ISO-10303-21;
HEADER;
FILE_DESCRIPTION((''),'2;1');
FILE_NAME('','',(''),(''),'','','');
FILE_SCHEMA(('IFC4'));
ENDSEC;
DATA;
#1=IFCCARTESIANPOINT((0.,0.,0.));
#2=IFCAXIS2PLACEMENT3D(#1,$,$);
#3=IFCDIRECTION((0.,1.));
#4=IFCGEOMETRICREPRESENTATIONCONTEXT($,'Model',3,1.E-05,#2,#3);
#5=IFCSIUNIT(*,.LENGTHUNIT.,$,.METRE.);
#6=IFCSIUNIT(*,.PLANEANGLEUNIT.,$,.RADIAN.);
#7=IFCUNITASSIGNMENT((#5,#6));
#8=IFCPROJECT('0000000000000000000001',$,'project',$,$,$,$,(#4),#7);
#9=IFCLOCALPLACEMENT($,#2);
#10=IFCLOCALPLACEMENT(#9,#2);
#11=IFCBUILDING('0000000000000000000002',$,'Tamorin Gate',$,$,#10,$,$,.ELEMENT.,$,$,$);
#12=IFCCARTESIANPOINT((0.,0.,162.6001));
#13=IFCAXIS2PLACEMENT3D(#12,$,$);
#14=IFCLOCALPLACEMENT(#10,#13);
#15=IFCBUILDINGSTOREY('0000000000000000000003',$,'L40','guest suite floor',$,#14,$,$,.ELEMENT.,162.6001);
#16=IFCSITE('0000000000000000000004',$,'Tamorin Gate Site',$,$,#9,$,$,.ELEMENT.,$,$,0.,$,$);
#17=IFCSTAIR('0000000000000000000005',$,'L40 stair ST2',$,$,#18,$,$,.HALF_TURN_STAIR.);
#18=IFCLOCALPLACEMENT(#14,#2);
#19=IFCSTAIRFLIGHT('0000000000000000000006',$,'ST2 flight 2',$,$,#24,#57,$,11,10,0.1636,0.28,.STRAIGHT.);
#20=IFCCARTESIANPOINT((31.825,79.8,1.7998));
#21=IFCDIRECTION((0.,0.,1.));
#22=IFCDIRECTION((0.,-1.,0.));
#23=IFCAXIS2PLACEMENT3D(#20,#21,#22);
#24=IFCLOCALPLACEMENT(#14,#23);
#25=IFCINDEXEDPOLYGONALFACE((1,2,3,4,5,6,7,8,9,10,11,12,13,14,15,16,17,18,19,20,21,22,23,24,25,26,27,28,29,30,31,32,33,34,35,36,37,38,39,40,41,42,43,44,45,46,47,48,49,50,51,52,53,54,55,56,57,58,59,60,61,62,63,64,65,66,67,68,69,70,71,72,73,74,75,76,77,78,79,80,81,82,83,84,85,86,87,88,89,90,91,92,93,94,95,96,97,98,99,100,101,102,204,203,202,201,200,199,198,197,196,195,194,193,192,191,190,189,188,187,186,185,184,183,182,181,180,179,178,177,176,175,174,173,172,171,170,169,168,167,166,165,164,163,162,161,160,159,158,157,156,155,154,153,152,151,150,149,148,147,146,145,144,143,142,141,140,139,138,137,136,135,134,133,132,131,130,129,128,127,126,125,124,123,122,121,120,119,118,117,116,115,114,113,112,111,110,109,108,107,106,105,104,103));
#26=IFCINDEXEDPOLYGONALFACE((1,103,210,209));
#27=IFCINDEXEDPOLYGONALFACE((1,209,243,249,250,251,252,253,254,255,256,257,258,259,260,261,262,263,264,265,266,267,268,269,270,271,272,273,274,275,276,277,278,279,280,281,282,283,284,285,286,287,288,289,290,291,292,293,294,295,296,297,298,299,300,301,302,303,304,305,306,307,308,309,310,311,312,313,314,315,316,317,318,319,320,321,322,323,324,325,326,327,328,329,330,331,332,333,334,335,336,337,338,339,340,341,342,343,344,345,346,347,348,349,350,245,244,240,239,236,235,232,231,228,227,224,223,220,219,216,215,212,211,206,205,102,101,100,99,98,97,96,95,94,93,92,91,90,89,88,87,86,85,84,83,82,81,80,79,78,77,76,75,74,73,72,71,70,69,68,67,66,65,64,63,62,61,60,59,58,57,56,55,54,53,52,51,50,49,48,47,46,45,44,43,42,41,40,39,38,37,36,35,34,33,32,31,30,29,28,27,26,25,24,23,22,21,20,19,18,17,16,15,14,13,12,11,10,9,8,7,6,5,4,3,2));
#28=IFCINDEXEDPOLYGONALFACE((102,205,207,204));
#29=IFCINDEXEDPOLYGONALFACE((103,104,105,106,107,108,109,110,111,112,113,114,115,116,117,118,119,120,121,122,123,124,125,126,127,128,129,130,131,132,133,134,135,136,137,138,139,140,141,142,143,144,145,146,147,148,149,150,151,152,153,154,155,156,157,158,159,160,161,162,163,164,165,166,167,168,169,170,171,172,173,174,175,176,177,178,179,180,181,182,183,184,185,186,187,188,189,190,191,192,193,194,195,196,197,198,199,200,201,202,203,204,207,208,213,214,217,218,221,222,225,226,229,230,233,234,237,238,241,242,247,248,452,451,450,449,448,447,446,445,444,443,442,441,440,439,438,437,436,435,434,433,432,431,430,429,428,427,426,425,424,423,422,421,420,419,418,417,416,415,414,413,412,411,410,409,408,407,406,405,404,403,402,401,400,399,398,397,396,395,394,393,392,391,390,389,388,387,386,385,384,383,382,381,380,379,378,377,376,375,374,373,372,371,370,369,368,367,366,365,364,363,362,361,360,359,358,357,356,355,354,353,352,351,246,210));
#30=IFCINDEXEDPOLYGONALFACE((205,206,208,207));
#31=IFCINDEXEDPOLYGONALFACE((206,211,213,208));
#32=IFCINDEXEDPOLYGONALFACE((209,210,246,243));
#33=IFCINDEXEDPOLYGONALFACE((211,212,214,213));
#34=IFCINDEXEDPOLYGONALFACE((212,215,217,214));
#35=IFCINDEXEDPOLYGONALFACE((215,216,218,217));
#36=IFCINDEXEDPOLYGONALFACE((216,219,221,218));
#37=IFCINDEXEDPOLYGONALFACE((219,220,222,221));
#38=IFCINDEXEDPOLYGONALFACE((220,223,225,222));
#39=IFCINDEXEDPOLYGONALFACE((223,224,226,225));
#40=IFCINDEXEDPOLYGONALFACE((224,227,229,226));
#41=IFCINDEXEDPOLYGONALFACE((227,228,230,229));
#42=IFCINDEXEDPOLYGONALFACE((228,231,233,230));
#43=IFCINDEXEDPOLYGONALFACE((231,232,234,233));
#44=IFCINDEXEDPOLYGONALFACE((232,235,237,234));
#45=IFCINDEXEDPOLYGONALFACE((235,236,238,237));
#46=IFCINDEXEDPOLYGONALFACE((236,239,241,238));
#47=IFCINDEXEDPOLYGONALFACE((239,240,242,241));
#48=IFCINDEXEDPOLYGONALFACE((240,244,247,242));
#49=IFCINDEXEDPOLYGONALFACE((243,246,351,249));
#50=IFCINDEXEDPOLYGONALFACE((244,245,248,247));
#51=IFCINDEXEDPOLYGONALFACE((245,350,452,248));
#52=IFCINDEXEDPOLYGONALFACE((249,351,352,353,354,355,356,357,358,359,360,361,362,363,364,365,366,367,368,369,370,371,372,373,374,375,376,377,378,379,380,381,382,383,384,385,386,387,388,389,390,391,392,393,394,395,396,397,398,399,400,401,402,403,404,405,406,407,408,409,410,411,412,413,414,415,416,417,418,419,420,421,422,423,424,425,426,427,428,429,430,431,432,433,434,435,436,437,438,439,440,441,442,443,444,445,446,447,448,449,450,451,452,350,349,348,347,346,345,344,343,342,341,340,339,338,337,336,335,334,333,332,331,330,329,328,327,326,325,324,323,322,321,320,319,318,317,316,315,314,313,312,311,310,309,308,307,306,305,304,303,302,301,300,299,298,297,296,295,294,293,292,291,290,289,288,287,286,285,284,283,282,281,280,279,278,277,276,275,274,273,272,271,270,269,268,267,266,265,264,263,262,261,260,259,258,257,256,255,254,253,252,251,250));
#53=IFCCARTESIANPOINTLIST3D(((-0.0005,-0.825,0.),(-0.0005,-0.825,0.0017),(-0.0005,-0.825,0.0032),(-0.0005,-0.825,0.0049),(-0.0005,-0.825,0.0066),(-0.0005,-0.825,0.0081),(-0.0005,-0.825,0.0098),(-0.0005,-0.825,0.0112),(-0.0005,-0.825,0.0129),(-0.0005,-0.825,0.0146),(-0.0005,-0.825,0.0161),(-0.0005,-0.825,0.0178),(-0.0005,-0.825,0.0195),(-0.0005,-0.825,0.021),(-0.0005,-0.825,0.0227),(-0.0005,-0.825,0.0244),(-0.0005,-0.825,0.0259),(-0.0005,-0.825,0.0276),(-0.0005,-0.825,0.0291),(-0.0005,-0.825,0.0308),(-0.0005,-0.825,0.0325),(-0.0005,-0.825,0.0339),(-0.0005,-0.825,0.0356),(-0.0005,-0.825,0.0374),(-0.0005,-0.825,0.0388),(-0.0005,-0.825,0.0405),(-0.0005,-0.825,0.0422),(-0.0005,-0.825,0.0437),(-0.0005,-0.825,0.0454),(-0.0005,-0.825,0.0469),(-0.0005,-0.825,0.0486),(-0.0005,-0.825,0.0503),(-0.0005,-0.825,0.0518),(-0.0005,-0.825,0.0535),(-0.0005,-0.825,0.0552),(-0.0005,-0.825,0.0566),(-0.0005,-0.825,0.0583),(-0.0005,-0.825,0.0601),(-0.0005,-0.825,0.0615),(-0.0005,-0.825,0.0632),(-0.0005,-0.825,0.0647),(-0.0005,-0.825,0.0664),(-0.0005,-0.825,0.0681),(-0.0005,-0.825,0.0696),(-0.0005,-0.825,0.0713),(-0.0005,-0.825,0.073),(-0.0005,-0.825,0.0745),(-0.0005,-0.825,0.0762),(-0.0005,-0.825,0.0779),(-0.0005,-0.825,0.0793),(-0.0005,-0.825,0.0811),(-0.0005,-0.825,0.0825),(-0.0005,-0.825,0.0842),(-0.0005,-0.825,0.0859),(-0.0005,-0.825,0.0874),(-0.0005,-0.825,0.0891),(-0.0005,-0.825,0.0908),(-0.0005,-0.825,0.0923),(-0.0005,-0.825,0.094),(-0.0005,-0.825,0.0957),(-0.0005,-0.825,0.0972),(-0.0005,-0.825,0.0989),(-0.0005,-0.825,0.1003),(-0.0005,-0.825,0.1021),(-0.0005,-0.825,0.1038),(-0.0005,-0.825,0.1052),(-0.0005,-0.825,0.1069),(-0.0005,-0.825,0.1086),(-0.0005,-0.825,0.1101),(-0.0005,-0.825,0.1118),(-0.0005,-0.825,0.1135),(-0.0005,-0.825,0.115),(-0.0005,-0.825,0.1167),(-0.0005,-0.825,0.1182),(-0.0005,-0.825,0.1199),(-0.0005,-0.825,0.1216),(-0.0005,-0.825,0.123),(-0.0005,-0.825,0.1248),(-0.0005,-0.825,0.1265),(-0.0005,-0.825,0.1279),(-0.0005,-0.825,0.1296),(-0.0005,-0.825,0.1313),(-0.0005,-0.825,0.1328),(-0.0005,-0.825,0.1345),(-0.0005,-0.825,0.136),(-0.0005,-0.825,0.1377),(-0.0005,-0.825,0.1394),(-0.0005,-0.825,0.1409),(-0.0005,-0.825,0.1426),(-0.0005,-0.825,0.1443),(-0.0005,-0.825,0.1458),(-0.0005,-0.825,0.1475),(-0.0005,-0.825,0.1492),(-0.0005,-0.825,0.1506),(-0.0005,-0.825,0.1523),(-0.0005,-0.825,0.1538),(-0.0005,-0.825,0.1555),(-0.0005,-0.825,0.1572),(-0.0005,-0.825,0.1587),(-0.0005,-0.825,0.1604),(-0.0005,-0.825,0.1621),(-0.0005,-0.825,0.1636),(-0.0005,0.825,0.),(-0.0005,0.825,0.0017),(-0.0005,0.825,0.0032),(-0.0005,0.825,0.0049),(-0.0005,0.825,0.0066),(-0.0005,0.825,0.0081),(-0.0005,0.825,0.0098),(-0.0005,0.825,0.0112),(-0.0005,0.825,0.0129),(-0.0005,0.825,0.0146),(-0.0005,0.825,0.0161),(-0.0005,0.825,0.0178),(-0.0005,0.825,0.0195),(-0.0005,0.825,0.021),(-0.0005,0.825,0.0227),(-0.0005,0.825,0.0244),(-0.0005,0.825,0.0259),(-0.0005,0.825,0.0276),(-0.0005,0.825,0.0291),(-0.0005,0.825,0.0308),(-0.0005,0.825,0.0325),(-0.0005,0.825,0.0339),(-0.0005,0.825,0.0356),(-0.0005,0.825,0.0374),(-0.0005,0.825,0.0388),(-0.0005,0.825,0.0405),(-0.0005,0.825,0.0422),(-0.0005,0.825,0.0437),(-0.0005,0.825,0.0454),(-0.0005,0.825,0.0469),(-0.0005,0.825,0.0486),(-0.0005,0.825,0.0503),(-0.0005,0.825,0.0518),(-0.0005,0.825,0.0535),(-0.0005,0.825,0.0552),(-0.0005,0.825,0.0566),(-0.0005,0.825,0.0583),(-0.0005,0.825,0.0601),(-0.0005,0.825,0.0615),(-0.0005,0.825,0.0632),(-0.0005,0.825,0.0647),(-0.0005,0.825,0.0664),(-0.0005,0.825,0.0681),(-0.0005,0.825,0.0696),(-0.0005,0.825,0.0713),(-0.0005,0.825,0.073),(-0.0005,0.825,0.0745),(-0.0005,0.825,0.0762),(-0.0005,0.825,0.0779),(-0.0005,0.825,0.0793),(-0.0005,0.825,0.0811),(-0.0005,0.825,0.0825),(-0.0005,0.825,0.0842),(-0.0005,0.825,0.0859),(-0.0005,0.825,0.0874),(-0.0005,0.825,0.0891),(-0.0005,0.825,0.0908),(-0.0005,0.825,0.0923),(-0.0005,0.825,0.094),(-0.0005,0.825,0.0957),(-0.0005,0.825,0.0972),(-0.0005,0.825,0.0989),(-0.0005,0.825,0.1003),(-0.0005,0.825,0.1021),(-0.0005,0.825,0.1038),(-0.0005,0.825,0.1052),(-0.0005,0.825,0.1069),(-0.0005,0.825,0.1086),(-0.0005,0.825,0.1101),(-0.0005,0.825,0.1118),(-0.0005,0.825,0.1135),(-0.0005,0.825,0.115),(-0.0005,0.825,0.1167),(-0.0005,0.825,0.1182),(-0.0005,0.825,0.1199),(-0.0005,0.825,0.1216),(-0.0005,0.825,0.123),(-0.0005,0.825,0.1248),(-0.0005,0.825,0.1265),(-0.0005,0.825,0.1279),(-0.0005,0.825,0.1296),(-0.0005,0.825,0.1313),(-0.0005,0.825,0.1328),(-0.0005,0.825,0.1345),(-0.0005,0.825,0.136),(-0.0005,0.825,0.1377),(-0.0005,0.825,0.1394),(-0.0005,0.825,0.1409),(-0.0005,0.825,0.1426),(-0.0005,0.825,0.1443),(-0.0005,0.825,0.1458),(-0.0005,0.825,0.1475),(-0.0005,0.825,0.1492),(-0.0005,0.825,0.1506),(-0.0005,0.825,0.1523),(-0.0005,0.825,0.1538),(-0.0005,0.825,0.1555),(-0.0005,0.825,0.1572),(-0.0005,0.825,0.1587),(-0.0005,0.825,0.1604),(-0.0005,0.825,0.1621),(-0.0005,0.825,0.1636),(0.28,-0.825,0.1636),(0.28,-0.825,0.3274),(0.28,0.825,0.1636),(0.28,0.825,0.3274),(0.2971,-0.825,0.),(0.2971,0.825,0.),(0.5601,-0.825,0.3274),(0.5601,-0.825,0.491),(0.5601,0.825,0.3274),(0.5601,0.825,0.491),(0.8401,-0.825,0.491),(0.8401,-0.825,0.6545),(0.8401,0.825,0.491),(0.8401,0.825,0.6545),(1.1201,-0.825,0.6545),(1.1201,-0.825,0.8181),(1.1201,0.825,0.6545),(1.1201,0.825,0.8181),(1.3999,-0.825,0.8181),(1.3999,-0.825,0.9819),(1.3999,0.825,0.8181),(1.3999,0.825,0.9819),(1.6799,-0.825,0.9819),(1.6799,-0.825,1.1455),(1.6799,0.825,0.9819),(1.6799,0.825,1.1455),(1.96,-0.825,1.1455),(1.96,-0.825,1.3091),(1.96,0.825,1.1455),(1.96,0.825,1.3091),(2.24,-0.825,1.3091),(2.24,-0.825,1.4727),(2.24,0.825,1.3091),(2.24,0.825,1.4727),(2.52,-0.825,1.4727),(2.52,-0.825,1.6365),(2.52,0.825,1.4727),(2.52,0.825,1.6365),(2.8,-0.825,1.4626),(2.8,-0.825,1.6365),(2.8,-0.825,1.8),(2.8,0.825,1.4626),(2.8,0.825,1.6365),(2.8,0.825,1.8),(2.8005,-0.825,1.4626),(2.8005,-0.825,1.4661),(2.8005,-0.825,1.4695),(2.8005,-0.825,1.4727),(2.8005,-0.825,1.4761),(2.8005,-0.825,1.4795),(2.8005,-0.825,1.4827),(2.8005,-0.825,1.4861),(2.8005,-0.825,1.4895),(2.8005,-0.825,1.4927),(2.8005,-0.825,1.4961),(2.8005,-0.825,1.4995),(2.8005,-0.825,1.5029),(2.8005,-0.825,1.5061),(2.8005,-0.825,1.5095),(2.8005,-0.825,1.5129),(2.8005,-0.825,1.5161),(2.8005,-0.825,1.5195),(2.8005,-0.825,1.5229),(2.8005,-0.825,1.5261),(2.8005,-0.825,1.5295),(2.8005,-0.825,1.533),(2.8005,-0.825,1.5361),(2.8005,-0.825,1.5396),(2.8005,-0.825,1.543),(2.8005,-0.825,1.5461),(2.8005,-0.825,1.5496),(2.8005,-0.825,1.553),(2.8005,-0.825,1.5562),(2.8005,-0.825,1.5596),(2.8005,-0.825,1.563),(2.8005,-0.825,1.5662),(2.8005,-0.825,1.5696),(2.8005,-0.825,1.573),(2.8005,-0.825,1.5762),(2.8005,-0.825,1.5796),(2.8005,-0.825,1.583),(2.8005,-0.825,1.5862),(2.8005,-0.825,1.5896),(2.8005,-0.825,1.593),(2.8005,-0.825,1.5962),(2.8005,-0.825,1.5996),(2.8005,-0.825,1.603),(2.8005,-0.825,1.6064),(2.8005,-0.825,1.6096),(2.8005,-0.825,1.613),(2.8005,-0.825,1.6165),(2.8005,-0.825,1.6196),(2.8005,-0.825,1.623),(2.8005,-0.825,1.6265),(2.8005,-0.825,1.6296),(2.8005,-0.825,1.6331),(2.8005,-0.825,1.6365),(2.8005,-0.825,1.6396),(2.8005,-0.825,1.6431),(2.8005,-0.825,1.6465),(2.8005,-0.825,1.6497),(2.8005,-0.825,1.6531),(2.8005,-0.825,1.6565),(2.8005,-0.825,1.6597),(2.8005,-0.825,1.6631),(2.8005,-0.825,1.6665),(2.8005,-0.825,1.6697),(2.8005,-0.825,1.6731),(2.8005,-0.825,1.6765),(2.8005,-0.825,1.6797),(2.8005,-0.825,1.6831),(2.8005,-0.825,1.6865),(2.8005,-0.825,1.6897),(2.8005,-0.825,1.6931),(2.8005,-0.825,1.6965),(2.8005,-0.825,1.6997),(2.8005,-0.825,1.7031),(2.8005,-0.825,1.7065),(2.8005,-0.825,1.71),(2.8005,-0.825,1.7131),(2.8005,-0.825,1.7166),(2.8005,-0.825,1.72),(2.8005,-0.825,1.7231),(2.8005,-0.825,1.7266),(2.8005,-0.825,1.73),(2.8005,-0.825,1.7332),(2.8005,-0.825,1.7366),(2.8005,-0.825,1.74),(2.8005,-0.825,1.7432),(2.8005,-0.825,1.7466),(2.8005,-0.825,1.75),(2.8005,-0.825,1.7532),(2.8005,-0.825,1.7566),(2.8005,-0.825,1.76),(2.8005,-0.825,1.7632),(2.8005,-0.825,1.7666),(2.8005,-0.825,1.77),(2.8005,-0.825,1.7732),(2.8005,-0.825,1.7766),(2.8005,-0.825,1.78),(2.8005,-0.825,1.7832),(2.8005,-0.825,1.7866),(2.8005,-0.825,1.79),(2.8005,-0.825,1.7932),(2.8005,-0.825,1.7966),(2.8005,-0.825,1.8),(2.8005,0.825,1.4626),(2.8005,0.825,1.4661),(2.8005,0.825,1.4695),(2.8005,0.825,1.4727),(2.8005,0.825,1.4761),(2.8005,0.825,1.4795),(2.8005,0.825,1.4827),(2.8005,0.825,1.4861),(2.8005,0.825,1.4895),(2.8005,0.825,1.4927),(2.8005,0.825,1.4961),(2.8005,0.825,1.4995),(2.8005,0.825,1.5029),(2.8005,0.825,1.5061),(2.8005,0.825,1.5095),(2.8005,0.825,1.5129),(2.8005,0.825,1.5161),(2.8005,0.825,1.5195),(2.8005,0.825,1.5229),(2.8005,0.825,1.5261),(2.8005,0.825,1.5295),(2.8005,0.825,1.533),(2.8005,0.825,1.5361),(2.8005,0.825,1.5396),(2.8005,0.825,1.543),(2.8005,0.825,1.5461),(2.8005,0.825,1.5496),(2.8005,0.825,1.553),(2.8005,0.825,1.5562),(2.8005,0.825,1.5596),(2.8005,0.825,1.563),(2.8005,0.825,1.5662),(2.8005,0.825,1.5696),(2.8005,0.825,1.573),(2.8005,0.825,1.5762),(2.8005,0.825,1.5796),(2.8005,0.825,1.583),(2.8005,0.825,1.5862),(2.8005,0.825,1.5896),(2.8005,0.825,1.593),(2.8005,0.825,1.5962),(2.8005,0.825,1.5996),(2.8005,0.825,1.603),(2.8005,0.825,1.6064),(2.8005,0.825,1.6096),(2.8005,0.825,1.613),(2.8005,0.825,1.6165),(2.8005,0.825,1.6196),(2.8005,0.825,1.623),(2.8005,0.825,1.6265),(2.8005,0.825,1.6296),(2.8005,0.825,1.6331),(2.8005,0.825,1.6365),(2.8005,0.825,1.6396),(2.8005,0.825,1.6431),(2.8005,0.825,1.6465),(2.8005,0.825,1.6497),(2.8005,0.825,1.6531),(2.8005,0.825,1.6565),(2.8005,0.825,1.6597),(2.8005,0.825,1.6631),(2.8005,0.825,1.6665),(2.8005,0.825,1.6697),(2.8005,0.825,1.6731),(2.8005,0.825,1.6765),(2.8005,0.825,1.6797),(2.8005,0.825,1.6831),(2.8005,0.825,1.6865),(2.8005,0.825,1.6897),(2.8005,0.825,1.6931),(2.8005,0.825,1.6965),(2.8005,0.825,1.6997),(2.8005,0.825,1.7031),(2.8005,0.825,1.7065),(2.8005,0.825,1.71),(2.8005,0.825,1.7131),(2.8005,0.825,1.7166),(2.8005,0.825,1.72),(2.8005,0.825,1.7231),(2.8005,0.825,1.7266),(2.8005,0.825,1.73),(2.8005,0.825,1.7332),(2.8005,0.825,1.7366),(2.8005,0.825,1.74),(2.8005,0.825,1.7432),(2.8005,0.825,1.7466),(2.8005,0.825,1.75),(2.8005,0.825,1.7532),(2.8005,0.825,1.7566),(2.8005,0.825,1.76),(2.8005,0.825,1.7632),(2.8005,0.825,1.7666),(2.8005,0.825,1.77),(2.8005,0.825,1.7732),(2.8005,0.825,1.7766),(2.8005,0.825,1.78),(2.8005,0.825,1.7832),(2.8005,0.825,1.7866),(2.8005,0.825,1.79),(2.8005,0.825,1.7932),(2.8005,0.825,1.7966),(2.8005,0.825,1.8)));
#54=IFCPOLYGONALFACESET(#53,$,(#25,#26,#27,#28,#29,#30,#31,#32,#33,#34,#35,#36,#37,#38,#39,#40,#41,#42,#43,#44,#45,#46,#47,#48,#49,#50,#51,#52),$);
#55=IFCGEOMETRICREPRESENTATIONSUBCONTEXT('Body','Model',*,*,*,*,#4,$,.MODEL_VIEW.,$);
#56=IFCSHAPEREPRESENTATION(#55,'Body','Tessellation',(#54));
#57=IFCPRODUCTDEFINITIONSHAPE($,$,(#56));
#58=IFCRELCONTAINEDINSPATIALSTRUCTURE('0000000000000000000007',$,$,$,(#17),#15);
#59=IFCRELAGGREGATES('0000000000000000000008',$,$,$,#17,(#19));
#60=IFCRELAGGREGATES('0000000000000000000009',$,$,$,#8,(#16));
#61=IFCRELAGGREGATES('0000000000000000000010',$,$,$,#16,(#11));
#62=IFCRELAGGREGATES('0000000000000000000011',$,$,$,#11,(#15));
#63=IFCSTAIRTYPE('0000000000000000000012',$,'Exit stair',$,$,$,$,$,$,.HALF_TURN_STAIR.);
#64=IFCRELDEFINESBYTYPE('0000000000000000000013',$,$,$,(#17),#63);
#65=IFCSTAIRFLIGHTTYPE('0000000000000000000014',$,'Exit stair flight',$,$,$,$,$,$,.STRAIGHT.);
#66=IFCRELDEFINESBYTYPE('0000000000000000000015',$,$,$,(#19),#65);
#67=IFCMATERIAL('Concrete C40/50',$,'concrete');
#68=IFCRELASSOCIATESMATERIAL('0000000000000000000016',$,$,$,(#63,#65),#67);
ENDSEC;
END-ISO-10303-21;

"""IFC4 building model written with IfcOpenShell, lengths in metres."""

from ifc_helpers import new_model, si_unit, direction, frame, origin, place, context, subcontext, project, spatial, polyline, outline, extrude, material, type_object, element, aggregate, save


model = new_model("IFC4")

# Units and contexts
model_context = context("Model", 3, precision=1e-05, world=origin(), true_north=direction((0.0, 1.0)))
body_context = subcontext(model_context, "Body", "Model", "MODEL_VIEW")
ifc_project = project(units=[si_unit("LENGTHUNIT", "METRE"), si_unit("PLANEANGLEUNIT", "RADIAN")], contexts=[model_context])

# Site, building, storey
site_placement = place(None, origin())
site = spatial("IfcSite", under=ifc_project, at=site_placement, Name="Tamorin Gate Site", CompositionType="ELEMENT", RefElevation=0.0)
building_placement = place(site_placement, origin())
building = spatial("IfcBuilding", under=site, at=building_placement, Name="Tamorin Gate", CompositionType="ELEMENT")
storey_placement = place(building_placement, frame((0.0, 0.0, 162.6001)))
storey = spatial("IfcBuildingStorey", under=building, at=storey_placement, Name="L40", Description="guest suite floor", CompositionType="ELEMENT", Elevation=162.6001)

# Shared definitions
ifc_material_1 = material(Name="Concrete C40/50", Category="concrete")

# Stair, stair flight
stair_type = type_object("IfcStairType", Name="Exit stair", PredefinedType="HALF_TURN_STAIR", material=ifc_material_1)
stair_flight_type = type_object("IfcStairFlightType", Name="Exit stair flight", PredefinedType="STRAIGHT", material=ifc_material_1)
stair_1_placement = place(storey_placement, origin())
stair_1 = element("IfcStair", 1, at=stair_1_placement, inside=storey, type_object=stair_type, Name="L40 stair ST2", PredefinedType="HALF_TURN_STAIR")
stair_flight_1_placement = place(storey_placement, frame((31.825, 79.8, 1.7998), z_axis=(0.0, 0.0, 1.0), x_axis=(0.0, -1.0, 0.0)))
stair_flight_1 = element("IfcStairFlight", 2, at=stair_flight_1_placement, type_object=stair_flight_type, Name="ST2 flight 2", NumberOfRisers=11, NumberOfTreads=10, PredefinedType="STRAIGHT", RiserHeight=0.1636, TreadLength=0.28, context=body_context, shape_type="SweptSolid", body=[
    extrude(outline(polyline([(-0.0005, 0.0), (-0.0005, 0.0017), (-0.0005, 0.0032), (-0.0005, 0.0049), (-0.0005, 0.0066), (-0.0005, 0.0081), (-0.0005, 0.0098), (-0.0005, 0.0112), (-0.0005, 0.0129), (-0.0005, 0.0146), (-0.0005, 0.0161), (-0.0005, 0.0178), (-0.0005, 0.0195), (-0.0005, 0.021), (-0.0005, 0.0227), (-0.0005, 0.0244), (-0.0005, 0.0259), (-0.0005, 0.0276), (-0.0005, 0.0291), (-0.0005, 0.0308), (-0.0005, 0.0325), (-0.0005, 0.0339), (-0.0005, 0.0356), (-0.0005, 0.0374), (-0.0005, 0.0388), (-0.0005, 0.0405), (-0.0005, 0.0422), (-0.0005, 0.0437), (-0.0005, 0.0454), (-0.0005, 0.0469), (-0.0005, 0.0486), (-0.0005, 0.0503), (-0.0005, 0.0518), (-0.0005, 0.0535), (-0.0005, 0.0552), (-0.0005, 0.0566), (-0.0005, 0.0583), (-0.0005, 0.0601), (-0.0005, 0.0615), (-0.0005, 0.0632), (-0.0005, 0.0647), (-0.0005, 0.0664), (-0.0005, 0.0681), (-0.0005, 0.0696), (-0.0005, 0.0713), (-0.0005, 0.073), (-0.0005, 0.0745), (-0.0005, 0.0762), (-0.0005, 0.0779), (-0.0005, 0.0793), (-0.0005, 0.0811), (-0.0005, 0.0825), (-0.0005, 0.0842), (-0.0005, 0.0859), (-0.0005, 0.0874), (-0.0005, 0.0891), (-0.0005, 0.0908), (-0.0005, 0.0923), (-0.0005, 0.094), (-0.0005, 0.0957), (-0.0005, 0.0972), (-0.0005, 0.0989), (-0.0005, 0.1003), (-0.0005, 0.1021), (-0.0005, 0.1038), (-0.0005, 0.1052), (-0.0005, 0.1069), (-0.0005, 0.1086), (-0.0005, 0.1101), (-0.0005, 0.1118), (-0.0005, 0.1135), (-0.0005, 0.115), (-0.0005, 0.1167), (-0.0005, 0.1182), (-0.0005, 0.1199), (-0.0005, 0.1216), (-0.0005, 0.123), (-0.0005, 0.1248), (-0.0005, 0.1265), (-0.0005, 0.1279), (-0.0005, 0.1296), (-0.0005, 0.1313), (-0.0005, 0.1328), (-0.0005, 0.1345), (-0.0005, 0.136), (-0.0005, 0.1377), (-0.0005, 0.1394), (-0.0005, 0.1409), (-0.0005, 0.1426), (-0.0005, 0.1443), (-0.0005, 0.1458), (-0.0005, 0.1475), (-0.0005, 0.1492), (-0.0005, 0.1506), (-0.0005, 0.1523), (-0.0005, 0.1538), (-0.0005, 0.1555), (-0.0005, 0.1572), (-0.0005, 0.1587), (-0.0005, 0.1604), (-0.0005, 0.1621), (-0.0005, 0.1636), (0.28, 0.1636), (0.28, 0.3274), (0.5601, 0.3274), (0.5601, 0.491), (0.8401, 0.491), (0.8401, 0.6545), (1.1201, 0.6545), (1.1201, 0.8181), (1.3999, 0.8181), (1.3999, 0.9819), (1.6799, 0.9819), (1.6799, 1.1455), (1.96, 1.1455), (1.96, 1.3091), (2.24, 1.3091), (2.24, 1.4727), (2.52, 1.4727), (2.52, 1.6365), (2.8, 1.6365), (2.8, 1.8), (2.8005, 1.8), (2.8005, 1.7966), (2.8005, 1.7932), (2.8005, 1.79), (2.8005, 1.7866), (2.8005, 1.7832), (2.8005, 1.78), (2.8005, 1.7766), (2.8005, 1.7732), (2.8005, 1.77), (2.8005, 1.7666), (2.8005, 1.7632), (2.8005, 1.76), (2.8005, 1.7566), (2.8005, 1.7532), (2.8005, 1.75), (2.8005, 1.7466), (2.8005, 1.7432), (2.8005, 1.74), (2.8005, 1.7366), (2.8005, 1.7332), (2.8005, 1.73), (2.8005, 1.7266), (2.8005, 1.7231), (2.8005, 1.72), (2.8005, 1.7166), (2.8005, 1.7131), (2.8005, 1.71), (2.8005, 1.7065), (2.8005, 1.7031), (2.8005, 1.6997), (2.8005, 1.6965), (2.8005, 1.6931), (2.8005, 1.6897), (2.8005, 1.6865), (2.8005, 1.6831), (2.8005, 1.6797), (2.8005, 1.6765), (2.8005, 1.6731), (2.8005, 1.6697), (2.8005, 1.6665), (2.8005, 1.6631), (2.8005, 1.6597), (2.8005, 1.6565), (2.8005, 1.6531), (2.8005, 1.6497), (2.8005, 1.6465), (2.8005, 1.6431), (2.8005, 1.6396), (2.8005, 1.6365), (2.8005, 1.6331), (2.8005, 1.6296), (2.8005, 1.6265), (2.8005, 1.623), (2.8005, 1.6196), (2.8005, 1.6165), (2.8005, 1.613), (2.8005, 1.6096), (2.8005, 1.6064), (2.8005, 1.603), (2.8005, 1.5996), (2.8005, 1.5962), (2.8005, 1.593), (2.8005, 1.5896), (2.8005, 1.5862), (2.8005, 1.583), (2.8005, 1.5796), (2.8005, 1.5762), (2.8005, 1.573), (2.8005, 1.5696), (2.8005, 1.5662), (2.8005, 1.563), (2.8005, 1.5596), (2.8005, 1.5562), (2.8005, 1.553), (2.8005, 1.5496), (2.8005, 1.5461), (2.8005, 1.543), (2.8005, 1.5396), (2.8005, 1.5361), (2.8005, 1.533), (2.8005, 1.5295), (2.8005, 1.5261), (2.8005, 1.5229), (2.8005, 1.5195), (2.8005, 1.5161), (2.8005, 1.5129), (2.8005, 1.5095), (2.8005, 1.5061), (2.8005, 1.5029), (2.8005, 1.4995), (2.8005, 1.4961), (2.8005, 1.4927), (2.8005, 1.4895), (2.8005, 1.4861), (2.8005, 1.4827), (2.8005, 1.4795), (2.8005, 1.4761), (2.8005, 1.4727), (2.8005, 1.4695), (2.8005, 1.4661), (2.8005, 1.4626), (2.8, 1.4626), (0.2971, 0.0), (-0.0005, 0.0)])), frame((0.0, 0.825, 0.0), z_axis=(0.0, -1.0, 0.0), x_axis=(1.0, 0.0, 0.0)), (0.0, 0.0, 1.0), 1.6499),
])
aggregate(stair_1, [stair_flight_1])

save(model, "model.ifc")
